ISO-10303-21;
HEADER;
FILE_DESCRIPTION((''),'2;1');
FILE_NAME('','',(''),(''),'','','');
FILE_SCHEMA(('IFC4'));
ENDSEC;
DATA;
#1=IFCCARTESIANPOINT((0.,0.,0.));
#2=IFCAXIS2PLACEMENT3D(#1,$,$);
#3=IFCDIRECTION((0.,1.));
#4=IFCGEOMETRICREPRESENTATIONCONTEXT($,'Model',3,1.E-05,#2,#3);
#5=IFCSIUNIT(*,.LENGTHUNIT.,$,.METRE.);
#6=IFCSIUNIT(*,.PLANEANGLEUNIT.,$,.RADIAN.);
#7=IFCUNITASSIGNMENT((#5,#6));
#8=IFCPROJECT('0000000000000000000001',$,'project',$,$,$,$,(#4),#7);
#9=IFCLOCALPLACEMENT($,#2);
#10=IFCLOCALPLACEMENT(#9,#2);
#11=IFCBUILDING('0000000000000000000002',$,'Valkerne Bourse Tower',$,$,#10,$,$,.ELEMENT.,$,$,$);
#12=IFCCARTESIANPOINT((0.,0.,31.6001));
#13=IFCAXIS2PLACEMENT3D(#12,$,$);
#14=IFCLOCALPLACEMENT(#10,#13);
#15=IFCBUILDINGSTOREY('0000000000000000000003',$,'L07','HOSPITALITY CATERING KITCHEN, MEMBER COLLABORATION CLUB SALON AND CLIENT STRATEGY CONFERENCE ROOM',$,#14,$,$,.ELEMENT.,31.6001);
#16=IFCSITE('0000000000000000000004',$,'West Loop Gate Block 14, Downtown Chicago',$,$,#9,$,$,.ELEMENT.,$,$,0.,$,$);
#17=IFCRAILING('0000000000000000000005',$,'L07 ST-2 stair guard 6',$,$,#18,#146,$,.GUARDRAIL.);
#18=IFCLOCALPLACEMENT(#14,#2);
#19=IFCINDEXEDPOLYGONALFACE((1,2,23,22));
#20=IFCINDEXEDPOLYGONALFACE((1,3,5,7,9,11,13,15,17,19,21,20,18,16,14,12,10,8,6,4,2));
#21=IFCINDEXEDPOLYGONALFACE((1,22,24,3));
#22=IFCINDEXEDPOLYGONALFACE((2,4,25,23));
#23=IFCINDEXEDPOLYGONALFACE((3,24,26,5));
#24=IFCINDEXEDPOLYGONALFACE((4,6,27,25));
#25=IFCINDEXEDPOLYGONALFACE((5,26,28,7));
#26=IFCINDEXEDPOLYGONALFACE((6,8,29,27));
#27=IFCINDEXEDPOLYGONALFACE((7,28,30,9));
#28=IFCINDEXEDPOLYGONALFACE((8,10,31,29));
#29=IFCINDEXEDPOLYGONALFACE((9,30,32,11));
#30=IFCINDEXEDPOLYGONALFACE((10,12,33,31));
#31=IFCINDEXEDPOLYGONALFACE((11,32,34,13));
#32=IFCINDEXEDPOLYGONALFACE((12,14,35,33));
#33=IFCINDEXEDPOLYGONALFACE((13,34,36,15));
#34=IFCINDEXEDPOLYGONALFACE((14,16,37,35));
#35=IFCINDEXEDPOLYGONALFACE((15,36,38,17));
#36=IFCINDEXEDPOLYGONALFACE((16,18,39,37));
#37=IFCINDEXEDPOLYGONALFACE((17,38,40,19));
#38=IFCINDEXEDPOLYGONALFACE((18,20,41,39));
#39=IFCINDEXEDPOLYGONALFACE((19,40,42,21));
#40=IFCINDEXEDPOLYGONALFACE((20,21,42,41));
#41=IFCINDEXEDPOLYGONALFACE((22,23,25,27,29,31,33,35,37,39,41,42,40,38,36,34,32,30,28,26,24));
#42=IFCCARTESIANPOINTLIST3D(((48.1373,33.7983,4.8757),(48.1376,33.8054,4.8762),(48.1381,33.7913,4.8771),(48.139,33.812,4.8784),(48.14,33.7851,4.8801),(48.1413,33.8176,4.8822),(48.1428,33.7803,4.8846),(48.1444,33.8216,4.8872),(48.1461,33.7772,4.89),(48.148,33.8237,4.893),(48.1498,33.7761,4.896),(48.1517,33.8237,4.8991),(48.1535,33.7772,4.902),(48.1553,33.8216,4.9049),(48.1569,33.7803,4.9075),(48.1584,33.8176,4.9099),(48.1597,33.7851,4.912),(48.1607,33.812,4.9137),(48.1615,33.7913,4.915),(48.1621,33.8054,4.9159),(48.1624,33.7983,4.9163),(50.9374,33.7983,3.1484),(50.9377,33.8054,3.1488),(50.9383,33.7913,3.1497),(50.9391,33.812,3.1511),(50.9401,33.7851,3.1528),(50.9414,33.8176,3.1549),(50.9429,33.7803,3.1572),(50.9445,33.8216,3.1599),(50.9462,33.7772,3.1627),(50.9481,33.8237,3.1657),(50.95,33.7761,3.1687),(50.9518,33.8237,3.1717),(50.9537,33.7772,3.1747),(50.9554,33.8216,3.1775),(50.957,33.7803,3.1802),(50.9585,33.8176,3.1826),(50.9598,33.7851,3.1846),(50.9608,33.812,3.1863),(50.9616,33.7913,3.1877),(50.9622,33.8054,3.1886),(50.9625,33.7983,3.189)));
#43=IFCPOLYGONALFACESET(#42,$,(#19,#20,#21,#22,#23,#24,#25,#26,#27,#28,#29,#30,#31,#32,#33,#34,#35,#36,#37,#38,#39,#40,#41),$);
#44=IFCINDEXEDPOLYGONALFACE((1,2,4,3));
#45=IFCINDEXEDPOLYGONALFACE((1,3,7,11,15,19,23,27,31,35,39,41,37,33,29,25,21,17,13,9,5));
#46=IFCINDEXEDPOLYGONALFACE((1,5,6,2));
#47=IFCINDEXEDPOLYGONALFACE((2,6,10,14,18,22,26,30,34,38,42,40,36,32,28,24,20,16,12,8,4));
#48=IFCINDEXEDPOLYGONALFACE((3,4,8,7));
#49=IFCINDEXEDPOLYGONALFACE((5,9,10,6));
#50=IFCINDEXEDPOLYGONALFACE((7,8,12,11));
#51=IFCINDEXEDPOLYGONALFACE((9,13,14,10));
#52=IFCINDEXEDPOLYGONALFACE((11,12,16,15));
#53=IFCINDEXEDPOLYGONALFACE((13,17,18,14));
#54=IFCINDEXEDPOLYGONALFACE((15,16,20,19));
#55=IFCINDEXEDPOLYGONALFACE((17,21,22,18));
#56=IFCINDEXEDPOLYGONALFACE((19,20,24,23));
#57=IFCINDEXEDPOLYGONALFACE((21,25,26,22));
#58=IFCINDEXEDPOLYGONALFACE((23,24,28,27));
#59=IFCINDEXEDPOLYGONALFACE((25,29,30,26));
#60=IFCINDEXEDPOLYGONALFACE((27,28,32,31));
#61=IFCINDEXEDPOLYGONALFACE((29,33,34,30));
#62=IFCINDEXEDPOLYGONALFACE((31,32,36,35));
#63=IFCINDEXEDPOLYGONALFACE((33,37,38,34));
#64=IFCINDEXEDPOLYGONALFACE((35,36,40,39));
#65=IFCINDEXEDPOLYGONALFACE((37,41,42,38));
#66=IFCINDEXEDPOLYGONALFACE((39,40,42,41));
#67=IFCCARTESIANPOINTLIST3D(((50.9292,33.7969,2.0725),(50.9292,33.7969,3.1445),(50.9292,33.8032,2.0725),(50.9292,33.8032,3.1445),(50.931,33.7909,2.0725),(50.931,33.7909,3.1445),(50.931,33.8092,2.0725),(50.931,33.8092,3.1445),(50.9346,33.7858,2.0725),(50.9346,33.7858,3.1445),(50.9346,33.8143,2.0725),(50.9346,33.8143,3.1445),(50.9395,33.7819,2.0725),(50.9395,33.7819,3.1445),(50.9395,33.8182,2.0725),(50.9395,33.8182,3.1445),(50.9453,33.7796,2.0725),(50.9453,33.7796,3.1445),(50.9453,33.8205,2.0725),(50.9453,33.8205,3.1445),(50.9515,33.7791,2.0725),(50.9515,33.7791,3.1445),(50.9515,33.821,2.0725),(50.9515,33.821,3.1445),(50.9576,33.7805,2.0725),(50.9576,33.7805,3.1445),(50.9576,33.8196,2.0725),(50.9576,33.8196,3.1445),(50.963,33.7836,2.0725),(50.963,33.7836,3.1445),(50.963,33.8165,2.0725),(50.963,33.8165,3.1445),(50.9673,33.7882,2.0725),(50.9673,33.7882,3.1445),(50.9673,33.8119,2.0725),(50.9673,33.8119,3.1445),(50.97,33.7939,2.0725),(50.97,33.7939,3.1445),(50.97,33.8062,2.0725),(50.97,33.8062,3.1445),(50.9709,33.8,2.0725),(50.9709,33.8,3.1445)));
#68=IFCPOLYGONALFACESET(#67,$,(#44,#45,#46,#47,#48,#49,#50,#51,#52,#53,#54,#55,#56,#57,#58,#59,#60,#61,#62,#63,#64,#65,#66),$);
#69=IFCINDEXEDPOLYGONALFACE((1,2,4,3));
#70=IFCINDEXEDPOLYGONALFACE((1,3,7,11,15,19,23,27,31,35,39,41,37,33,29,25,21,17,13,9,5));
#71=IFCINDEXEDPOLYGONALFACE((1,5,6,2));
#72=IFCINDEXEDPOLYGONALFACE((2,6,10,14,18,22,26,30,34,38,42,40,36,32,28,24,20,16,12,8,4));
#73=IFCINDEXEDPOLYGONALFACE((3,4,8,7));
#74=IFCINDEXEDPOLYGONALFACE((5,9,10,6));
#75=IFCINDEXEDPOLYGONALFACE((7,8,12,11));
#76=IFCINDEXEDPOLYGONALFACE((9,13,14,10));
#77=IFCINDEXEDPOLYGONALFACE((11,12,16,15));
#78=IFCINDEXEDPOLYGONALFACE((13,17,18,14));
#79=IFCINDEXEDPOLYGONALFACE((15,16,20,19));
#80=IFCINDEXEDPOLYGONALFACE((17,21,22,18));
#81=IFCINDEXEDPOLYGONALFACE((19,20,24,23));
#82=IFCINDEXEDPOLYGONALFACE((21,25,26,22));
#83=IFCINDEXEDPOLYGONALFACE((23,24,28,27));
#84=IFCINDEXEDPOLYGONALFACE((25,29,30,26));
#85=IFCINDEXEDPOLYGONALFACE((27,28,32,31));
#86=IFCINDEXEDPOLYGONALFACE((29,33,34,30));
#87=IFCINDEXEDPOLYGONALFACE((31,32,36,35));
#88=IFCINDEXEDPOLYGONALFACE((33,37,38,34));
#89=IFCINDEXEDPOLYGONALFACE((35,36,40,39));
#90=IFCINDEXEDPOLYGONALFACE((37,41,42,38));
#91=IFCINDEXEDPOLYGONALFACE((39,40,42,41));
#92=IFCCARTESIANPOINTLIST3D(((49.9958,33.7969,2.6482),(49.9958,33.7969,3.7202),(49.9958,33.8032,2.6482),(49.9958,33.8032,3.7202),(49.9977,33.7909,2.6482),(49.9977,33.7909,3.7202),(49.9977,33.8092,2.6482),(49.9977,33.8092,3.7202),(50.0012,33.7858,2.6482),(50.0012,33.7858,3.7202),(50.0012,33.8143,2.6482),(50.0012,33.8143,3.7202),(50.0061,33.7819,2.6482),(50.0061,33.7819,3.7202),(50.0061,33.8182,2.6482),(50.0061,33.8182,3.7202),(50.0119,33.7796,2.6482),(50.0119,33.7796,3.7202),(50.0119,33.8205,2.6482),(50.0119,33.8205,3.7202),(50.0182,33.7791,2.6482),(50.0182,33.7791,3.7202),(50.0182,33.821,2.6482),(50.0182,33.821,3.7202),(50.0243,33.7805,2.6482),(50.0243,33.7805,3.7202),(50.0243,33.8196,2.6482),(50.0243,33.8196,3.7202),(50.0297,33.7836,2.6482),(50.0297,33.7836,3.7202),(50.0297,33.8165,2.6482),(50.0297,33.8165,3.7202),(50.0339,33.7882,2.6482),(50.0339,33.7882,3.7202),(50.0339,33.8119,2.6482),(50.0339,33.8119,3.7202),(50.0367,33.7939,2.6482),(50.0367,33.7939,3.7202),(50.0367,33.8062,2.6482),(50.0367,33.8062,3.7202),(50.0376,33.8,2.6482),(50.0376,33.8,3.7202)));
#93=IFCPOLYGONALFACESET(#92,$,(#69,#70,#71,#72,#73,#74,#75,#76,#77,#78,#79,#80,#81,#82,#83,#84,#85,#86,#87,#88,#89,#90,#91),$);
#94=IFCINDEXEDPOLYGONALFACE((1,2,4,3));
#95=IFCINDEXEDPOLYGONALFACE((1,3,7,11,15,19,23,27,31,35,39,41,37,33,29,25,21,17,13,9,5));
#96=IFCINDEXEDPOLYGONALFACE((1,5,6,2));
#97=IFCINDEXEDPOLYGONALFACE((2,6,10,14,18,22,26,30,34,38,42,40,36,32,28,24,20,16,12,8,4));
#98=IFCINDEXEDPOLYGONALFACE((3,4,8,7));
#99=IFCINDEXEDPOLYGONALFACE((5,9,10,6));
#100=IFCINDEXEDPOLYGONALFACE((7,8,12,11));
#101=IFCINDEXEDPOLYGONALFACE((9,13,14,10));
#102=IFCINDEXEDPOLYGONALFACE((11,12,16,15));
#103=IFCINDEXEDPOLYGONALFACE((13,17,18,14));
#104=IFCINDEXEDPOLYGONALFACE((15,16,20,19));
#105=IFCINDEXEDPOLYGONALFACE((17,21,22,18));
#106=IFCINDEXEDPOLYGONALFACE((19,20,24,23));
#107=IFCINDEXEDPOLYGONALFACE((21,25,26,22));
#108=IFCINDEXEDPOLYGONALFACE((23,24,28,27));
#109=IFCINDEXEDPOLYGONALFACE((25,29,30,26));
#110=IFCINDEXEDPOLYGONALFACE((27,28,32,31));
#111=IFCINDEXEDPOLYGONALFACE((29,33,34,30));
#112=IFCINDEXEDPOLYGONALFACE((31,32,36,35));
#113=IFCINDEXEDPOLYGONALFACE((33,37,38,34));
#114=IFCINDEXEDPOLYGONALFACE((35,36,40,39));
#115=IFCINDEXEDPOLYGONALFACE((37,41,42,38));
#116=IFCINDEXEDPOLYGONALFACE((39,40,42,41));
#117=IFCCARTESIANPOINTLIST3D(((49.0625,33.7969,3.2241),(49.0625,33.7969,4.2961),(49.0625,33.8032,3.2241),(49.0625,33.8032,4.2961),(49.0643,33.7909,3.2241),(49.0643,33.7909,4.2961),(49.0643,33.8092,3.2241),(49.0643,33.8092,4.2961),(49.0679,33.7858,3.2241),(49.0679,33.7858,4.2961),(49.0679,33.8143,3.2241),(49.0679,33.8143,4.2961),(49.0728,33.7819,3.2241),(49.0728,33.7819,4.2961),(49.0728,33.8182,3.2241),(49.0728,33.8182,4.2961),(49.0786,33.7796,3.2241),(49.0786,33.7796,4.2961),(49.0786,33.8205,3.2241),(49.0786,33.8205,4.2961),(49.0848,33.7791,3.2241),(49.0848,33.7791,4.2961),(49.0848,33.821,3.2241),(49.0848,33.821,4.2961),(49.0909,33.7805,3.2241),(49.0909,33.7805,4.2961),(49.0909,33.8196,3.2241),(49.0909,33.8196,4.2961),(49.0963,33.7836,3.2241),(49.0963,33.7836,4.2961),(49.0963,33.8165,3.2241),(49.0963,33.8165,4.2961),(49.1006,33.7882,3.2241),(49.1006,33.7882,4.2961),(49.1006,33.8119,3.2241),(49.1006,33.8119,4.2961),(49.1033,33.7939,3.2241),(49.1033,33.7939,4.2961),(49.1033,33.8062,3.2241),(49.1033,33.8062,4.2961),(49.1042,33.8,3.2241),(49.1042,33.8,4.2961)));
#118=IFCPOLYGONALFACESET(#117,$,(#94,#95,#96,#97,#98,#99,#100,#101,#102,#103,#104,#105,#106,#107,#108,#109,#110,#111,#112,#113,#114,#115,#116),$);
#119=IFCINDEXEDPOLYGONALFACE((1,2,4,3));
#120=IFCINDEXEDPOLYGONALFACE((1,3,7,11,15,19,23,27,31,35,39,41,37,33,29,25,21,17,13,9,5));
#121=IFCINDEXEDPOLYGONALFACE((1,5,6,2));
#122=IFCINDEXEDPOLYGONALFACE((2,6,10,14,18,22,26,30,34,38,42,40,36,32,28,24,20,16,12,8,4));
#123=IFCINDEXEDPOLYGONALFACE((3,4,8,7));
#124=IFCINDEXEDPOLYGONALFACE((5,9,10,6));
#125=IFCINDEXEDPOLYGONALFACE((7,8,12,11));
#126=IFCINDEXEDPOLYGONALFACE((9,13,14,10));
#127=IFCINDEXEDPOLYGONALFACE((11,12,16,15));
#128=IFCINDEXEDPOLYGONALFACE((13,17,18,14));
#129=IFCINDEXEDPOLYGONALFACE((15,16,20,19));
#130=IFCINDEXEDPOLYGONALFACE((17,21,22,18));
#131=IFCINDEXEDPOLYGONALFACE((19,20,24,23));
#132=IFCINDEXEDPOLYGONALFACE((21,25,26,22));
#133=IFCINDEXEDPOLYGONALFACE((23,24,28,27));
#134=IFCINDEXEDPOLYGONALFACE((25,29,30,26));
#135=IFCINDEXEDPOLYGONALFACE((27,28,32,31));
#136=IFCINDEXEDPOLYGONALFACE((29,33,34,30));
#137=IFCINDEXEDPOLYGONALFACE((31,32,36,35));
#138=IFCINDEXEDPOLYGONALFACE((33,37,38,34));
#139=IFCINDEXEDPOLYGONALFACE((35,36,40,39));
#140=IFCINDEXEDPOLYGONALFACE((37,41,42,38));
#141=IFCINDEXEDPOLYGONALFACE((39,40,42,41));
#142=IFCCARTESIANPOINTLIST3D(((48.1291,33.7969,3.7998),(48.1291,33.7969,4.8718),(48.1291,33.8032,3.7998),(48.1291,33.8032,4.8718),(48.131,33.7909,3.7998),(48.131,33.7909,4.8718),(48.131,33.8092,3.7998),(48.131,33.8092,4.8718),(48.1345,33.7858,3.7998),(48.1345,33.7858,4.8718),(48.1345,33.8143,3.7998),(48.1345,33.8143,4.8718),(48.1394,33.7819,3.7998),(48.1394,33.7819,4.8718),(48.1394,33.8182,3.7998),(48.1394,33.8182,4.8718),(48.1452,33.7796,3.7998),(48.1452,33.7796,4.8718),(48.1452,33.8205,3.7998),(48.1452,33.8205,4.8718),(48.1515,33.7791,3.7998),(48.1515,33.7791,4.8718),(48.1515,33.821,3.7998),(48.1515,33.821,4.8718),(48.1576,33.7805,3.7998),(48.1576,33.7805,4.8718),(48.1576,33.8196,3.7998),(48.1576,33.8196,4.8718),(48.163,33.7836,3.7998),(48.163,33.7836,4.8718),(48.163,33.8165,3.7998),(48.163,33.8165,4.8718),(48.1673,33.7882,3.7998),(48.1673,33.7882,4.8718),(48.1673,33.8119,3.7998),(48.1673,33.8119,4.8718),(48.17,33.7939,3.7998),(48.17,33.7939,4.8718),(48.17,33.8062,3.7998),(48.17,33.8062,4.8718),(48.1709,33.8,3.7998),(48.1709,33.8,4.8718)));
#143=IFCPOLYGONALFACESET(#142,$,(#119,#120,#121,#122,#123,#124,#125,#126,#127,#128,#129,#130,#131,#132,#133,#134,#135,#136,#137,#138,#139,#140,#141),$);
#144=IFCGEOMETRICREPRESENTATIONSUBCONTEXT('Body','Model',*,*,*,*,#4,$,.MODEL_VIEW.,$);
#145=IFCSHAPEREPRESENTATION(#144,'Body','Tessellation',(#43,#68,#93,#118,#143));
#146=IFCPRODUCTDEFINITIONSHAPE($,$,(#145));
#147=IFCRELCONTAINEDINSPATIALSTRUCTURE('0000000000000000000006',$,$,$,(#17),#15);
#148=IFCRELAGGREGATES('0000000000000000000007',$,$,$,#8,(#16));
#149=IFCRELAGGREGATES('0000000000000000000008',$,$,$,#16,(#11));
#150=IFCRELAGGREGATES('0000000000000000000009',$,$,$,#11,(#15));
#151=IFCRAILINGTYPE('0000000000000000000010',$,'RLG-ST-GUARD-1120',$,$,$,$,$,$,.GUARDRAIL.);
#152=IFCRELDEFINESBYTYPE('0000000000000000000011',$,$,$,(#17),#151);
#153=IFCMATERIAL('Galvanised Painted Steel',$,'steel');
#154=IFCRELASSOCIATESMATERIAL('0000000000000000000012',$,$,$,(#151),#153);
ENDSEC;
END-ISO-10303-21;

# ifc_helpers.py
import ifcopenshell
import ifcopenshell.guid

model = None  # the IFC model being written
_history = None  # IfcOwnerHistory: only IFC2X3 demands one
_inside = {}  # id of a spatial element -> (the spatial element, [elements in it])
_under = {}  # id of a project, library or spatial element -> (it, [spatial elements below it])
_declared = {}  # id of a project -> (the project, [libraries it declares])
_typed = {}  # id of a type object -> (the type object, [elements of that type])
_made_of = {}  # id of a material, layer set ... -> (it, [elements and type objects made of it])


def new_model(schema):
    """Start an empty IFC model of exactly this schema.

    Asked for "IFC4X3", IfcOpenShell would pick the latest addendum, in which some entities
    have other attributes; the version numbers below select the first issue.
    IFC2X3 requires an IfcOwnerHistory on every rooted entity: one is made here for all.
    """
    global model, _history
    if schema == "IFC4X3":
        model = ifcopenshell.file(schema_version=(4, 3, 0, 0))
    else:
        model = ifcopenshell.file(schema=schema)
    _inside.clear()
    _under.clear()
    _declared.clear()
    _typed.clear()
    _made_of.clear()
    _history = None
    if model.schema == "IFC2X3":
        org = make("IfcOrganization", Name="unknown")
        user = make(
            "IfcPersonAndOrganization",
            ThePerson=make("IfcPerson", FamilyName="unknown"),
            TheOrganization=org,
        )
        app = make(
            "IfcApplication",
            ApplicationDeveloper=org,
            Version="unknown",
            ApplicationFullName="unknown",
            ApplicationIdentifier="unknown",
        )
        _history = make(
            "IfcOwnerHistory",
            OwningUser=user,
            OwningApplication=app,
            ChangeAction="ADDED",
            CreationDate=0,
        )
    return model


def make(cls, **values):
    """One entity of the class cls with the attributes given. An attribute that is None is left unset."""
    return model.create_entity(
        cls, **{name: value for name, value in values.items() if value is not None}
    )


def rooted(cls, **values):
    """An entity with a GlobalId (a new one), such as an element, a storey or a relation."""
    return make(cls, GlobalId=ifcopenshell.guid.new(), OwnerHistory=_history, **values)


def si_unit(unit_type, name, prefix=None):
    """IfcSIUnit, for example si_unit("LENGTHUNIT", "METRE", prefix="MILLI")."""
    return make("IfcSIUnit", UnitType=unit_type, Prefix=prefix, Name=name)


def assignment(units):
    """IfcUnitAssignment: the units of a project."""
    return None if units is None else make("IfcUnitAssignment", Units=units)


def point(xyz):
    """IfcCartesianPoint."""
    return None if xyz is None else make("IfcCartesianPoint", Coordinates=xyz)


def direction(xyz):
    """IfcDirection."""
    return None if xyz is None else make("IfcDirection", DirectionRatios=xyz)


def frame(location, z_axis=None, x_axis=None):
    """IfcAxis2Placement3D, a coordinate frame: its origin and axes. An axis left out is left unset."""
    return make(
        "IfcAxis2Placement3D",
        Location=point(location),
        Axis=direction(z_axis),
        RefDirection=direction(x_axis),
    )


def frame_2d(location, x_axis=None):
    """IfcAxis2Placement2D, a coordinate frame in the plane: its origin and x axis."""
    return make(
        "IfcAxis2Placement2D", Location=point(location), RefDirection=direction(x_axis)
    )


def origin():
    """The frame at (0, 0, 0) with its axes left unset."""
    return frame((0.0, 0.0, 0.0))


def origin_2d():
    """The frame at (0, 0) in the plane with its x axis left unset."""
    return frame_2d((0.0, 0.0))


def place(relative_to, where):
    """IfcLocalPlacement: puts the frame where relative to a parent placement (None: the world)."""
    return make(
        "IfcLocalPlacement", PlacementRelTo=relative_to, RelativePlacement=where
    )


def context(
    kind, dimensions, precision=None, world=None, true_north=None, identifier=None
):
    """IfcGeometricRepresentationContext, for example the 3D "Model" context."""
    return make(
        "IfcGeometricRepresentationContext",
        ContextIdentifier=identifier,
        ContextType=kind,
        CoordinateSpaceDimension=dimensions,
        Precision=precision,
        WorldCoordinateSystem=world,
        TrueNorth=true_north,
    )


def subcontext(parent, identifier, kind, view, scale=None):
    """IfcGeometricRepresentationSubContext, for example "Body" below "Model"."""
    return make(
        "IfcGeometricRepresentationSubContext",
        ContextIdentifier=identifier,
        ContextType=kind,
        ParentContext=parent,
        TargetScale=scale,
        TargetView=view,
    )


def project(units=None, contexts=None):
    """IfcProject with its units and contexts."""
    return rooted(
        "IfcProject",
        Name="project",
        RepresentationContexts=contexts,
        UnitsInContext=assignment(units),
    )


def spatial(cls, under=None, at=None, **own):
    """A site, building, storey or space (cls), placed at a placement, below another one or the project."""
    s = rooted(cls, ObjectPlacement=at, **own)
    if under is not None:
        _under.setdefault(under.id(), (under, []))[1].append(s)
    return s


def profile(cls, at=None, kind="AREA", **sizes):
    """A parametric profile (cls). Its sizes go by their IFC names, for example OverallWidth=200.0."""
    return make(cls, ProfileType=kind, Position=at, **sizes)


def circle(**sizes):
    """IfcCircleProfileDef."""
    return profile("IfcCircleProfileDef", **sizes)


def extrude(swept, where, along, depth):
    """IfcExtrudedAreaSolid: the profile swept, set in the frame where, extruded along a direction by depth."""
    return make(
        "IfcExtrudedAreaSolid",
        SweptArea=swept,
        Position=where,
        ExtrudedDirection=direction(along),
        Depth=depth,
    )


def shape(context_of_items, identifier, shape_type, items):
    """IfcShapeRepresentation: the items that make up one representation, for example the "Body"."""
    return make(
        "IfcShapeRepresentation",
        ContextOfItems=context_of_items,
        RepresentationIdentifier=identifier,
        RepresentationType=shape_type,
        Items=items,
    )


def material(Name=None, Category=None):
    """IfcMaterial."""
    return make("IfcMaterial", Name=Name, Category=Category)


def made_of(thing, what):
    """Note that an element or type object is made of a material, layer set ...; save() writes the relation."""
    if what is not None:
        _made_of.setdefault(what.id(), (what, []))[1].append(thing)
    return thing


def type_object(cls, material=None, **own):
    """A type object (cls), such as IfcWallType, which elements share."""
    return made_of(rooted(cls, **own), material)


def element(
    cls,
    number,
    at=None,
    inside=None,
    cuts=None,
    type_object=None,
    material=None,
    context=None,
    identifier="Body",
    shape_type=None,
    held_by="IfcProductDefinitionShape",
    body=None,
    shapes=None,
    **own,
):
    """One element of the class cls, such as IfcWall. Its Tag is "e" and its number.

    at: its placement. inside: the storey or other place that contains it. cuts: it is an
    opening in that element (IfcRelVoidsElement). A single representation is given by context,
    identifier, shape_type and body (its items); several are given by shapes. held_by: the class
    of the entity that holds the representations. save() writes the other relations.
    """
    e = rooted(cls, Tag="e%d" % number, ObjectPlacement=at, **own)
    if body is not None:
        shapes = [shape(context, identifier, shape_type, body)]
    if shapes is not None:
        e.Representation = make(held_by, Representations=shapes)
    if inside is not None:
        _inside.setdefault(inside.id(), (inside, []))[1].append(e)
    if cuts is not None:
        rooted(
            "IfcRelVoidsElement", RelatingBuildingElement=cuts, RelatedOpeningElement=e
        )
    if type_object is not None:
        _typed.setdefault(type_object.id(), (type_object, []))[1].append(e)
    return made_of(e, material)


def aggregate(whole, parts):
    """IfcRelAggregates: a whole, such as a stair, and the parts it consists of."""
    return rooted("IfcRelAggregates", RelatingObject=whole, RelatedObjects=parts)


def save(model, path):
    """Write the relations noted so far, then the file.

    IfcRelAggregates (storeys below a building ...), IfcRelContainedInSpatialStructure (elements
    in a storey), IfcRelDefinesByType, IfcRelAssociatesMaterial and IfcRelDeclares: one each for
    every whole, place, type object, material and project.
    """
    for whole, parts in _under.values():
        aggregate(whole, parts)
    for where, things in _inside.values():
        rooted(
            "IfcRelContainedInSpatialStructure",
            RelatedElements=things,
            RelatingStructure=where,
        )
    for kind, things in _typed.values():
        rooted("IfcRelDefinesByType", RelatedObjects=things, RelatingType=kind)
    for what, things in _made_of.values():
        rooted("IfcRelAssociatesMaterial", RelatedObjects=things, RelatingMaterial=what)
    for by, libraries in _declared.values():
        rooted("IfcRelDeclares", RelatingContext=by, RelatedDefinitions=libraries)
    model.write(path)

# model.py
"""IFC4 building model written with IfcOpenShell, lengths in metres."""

from ifc_helpers import new_model, si_unit, direction, frame, origin, origin_2d, place, context, subcontext, project, spatial, circle, extrude, material, type_object, element, save


model = new_model("IFC4")

# Units and contexts
model_context = context("Model", 3, precision=1e-05, world=origin(), true_north=direction((0.0, 1.0)))
body_context = subcontext(model_context, "Body", "Model", "MODEL_VIEW")
ifc_project = project(units=[si_unit("LENGTHUNIT", "METRE"), si_unit("PLANEANGLEUNIT", "RADIAN")], contexts=[model_context])

# Site, building, storey
site_placement = place(None, origin())
site = spatial("IfcSite", under=ifc_project, at=site_placement, Name="West Loop Gate Block 14, Downtown Chicago", CompositionType="ELEMENT", RefElevation=0.0)
building_placement = place(site_placement, origin())
building = spatial("IfcBuilding", under=site, at=building_placement, Name="Valkerne Bourse Tower", CompositionType="ELEMENT")
storey_placement = place(building_placement, frame((0.0, 0.0, 31.6001)))
storey = spatial("IfcBuildingStorey", under=building, at=storey_placement, Name="L07", Description="HOSPITALITY CATERING KITCHEN, MEMBER COLLABORATION CLUB SALON AND CLIENT STRATEGY CONFERENCE ROOM", CompositionType="ELEMENT", Elevation=31.6001)

# Shared definitions
ifc_material_1 = material(Name="Galvanised Painted Steel", Category="steel")

# Railing
railing_type_1 = type_object("IfcRailingType", Name="RLG-ST-GUARD-1120", PredefinedType="GUARDRAIL", material=ifc_material_1)
railing_1_placement = place(storey_placement, frame((50.95, 33.8, 2.0725)))
element("IfcRailing", 1, at=railing_1_placement, inside=storey, type_object=railing_type_1, Name="L07 ST-2 stair guard 6", PredefinedType="GUARDRAIL", context=body_context, shape_type="SweptSolid", body=[
    extrude(circle(Radius=0.0239, at=origin_2d()), frame((0.0, 0.0, 1.0962), z_axis=(-0.85109, 0.0, 0.52502), x_axis=(0.0, -1.0, 0.0)), (0.0, 0.0, 1.0), 3.29),
    extrude(circle(Radius=0.021, at=origin_2d()), origin(), (0.0, 0.0, 1.0), 1.072),
    extrude(circle(Radius=0.021, at=origin_2d()), frame((-0.9333, 0.0, 0.5757)), (0.0, 0.0, 1.0), 1.072),
    extrude(circle(Radius=0.021, at=origin_2d()), frame((-1.8667, 0.0, 1.1516)), (0.0, 0.0, 1.0), 1.072),
    extrude(circle(Radius=0.021, at=origin_2d()), frame((-2.8, 0.0, 1.7273)), (0.0, 0.0, 1.0), 1.072),
])

save(model, "model.ifc")
